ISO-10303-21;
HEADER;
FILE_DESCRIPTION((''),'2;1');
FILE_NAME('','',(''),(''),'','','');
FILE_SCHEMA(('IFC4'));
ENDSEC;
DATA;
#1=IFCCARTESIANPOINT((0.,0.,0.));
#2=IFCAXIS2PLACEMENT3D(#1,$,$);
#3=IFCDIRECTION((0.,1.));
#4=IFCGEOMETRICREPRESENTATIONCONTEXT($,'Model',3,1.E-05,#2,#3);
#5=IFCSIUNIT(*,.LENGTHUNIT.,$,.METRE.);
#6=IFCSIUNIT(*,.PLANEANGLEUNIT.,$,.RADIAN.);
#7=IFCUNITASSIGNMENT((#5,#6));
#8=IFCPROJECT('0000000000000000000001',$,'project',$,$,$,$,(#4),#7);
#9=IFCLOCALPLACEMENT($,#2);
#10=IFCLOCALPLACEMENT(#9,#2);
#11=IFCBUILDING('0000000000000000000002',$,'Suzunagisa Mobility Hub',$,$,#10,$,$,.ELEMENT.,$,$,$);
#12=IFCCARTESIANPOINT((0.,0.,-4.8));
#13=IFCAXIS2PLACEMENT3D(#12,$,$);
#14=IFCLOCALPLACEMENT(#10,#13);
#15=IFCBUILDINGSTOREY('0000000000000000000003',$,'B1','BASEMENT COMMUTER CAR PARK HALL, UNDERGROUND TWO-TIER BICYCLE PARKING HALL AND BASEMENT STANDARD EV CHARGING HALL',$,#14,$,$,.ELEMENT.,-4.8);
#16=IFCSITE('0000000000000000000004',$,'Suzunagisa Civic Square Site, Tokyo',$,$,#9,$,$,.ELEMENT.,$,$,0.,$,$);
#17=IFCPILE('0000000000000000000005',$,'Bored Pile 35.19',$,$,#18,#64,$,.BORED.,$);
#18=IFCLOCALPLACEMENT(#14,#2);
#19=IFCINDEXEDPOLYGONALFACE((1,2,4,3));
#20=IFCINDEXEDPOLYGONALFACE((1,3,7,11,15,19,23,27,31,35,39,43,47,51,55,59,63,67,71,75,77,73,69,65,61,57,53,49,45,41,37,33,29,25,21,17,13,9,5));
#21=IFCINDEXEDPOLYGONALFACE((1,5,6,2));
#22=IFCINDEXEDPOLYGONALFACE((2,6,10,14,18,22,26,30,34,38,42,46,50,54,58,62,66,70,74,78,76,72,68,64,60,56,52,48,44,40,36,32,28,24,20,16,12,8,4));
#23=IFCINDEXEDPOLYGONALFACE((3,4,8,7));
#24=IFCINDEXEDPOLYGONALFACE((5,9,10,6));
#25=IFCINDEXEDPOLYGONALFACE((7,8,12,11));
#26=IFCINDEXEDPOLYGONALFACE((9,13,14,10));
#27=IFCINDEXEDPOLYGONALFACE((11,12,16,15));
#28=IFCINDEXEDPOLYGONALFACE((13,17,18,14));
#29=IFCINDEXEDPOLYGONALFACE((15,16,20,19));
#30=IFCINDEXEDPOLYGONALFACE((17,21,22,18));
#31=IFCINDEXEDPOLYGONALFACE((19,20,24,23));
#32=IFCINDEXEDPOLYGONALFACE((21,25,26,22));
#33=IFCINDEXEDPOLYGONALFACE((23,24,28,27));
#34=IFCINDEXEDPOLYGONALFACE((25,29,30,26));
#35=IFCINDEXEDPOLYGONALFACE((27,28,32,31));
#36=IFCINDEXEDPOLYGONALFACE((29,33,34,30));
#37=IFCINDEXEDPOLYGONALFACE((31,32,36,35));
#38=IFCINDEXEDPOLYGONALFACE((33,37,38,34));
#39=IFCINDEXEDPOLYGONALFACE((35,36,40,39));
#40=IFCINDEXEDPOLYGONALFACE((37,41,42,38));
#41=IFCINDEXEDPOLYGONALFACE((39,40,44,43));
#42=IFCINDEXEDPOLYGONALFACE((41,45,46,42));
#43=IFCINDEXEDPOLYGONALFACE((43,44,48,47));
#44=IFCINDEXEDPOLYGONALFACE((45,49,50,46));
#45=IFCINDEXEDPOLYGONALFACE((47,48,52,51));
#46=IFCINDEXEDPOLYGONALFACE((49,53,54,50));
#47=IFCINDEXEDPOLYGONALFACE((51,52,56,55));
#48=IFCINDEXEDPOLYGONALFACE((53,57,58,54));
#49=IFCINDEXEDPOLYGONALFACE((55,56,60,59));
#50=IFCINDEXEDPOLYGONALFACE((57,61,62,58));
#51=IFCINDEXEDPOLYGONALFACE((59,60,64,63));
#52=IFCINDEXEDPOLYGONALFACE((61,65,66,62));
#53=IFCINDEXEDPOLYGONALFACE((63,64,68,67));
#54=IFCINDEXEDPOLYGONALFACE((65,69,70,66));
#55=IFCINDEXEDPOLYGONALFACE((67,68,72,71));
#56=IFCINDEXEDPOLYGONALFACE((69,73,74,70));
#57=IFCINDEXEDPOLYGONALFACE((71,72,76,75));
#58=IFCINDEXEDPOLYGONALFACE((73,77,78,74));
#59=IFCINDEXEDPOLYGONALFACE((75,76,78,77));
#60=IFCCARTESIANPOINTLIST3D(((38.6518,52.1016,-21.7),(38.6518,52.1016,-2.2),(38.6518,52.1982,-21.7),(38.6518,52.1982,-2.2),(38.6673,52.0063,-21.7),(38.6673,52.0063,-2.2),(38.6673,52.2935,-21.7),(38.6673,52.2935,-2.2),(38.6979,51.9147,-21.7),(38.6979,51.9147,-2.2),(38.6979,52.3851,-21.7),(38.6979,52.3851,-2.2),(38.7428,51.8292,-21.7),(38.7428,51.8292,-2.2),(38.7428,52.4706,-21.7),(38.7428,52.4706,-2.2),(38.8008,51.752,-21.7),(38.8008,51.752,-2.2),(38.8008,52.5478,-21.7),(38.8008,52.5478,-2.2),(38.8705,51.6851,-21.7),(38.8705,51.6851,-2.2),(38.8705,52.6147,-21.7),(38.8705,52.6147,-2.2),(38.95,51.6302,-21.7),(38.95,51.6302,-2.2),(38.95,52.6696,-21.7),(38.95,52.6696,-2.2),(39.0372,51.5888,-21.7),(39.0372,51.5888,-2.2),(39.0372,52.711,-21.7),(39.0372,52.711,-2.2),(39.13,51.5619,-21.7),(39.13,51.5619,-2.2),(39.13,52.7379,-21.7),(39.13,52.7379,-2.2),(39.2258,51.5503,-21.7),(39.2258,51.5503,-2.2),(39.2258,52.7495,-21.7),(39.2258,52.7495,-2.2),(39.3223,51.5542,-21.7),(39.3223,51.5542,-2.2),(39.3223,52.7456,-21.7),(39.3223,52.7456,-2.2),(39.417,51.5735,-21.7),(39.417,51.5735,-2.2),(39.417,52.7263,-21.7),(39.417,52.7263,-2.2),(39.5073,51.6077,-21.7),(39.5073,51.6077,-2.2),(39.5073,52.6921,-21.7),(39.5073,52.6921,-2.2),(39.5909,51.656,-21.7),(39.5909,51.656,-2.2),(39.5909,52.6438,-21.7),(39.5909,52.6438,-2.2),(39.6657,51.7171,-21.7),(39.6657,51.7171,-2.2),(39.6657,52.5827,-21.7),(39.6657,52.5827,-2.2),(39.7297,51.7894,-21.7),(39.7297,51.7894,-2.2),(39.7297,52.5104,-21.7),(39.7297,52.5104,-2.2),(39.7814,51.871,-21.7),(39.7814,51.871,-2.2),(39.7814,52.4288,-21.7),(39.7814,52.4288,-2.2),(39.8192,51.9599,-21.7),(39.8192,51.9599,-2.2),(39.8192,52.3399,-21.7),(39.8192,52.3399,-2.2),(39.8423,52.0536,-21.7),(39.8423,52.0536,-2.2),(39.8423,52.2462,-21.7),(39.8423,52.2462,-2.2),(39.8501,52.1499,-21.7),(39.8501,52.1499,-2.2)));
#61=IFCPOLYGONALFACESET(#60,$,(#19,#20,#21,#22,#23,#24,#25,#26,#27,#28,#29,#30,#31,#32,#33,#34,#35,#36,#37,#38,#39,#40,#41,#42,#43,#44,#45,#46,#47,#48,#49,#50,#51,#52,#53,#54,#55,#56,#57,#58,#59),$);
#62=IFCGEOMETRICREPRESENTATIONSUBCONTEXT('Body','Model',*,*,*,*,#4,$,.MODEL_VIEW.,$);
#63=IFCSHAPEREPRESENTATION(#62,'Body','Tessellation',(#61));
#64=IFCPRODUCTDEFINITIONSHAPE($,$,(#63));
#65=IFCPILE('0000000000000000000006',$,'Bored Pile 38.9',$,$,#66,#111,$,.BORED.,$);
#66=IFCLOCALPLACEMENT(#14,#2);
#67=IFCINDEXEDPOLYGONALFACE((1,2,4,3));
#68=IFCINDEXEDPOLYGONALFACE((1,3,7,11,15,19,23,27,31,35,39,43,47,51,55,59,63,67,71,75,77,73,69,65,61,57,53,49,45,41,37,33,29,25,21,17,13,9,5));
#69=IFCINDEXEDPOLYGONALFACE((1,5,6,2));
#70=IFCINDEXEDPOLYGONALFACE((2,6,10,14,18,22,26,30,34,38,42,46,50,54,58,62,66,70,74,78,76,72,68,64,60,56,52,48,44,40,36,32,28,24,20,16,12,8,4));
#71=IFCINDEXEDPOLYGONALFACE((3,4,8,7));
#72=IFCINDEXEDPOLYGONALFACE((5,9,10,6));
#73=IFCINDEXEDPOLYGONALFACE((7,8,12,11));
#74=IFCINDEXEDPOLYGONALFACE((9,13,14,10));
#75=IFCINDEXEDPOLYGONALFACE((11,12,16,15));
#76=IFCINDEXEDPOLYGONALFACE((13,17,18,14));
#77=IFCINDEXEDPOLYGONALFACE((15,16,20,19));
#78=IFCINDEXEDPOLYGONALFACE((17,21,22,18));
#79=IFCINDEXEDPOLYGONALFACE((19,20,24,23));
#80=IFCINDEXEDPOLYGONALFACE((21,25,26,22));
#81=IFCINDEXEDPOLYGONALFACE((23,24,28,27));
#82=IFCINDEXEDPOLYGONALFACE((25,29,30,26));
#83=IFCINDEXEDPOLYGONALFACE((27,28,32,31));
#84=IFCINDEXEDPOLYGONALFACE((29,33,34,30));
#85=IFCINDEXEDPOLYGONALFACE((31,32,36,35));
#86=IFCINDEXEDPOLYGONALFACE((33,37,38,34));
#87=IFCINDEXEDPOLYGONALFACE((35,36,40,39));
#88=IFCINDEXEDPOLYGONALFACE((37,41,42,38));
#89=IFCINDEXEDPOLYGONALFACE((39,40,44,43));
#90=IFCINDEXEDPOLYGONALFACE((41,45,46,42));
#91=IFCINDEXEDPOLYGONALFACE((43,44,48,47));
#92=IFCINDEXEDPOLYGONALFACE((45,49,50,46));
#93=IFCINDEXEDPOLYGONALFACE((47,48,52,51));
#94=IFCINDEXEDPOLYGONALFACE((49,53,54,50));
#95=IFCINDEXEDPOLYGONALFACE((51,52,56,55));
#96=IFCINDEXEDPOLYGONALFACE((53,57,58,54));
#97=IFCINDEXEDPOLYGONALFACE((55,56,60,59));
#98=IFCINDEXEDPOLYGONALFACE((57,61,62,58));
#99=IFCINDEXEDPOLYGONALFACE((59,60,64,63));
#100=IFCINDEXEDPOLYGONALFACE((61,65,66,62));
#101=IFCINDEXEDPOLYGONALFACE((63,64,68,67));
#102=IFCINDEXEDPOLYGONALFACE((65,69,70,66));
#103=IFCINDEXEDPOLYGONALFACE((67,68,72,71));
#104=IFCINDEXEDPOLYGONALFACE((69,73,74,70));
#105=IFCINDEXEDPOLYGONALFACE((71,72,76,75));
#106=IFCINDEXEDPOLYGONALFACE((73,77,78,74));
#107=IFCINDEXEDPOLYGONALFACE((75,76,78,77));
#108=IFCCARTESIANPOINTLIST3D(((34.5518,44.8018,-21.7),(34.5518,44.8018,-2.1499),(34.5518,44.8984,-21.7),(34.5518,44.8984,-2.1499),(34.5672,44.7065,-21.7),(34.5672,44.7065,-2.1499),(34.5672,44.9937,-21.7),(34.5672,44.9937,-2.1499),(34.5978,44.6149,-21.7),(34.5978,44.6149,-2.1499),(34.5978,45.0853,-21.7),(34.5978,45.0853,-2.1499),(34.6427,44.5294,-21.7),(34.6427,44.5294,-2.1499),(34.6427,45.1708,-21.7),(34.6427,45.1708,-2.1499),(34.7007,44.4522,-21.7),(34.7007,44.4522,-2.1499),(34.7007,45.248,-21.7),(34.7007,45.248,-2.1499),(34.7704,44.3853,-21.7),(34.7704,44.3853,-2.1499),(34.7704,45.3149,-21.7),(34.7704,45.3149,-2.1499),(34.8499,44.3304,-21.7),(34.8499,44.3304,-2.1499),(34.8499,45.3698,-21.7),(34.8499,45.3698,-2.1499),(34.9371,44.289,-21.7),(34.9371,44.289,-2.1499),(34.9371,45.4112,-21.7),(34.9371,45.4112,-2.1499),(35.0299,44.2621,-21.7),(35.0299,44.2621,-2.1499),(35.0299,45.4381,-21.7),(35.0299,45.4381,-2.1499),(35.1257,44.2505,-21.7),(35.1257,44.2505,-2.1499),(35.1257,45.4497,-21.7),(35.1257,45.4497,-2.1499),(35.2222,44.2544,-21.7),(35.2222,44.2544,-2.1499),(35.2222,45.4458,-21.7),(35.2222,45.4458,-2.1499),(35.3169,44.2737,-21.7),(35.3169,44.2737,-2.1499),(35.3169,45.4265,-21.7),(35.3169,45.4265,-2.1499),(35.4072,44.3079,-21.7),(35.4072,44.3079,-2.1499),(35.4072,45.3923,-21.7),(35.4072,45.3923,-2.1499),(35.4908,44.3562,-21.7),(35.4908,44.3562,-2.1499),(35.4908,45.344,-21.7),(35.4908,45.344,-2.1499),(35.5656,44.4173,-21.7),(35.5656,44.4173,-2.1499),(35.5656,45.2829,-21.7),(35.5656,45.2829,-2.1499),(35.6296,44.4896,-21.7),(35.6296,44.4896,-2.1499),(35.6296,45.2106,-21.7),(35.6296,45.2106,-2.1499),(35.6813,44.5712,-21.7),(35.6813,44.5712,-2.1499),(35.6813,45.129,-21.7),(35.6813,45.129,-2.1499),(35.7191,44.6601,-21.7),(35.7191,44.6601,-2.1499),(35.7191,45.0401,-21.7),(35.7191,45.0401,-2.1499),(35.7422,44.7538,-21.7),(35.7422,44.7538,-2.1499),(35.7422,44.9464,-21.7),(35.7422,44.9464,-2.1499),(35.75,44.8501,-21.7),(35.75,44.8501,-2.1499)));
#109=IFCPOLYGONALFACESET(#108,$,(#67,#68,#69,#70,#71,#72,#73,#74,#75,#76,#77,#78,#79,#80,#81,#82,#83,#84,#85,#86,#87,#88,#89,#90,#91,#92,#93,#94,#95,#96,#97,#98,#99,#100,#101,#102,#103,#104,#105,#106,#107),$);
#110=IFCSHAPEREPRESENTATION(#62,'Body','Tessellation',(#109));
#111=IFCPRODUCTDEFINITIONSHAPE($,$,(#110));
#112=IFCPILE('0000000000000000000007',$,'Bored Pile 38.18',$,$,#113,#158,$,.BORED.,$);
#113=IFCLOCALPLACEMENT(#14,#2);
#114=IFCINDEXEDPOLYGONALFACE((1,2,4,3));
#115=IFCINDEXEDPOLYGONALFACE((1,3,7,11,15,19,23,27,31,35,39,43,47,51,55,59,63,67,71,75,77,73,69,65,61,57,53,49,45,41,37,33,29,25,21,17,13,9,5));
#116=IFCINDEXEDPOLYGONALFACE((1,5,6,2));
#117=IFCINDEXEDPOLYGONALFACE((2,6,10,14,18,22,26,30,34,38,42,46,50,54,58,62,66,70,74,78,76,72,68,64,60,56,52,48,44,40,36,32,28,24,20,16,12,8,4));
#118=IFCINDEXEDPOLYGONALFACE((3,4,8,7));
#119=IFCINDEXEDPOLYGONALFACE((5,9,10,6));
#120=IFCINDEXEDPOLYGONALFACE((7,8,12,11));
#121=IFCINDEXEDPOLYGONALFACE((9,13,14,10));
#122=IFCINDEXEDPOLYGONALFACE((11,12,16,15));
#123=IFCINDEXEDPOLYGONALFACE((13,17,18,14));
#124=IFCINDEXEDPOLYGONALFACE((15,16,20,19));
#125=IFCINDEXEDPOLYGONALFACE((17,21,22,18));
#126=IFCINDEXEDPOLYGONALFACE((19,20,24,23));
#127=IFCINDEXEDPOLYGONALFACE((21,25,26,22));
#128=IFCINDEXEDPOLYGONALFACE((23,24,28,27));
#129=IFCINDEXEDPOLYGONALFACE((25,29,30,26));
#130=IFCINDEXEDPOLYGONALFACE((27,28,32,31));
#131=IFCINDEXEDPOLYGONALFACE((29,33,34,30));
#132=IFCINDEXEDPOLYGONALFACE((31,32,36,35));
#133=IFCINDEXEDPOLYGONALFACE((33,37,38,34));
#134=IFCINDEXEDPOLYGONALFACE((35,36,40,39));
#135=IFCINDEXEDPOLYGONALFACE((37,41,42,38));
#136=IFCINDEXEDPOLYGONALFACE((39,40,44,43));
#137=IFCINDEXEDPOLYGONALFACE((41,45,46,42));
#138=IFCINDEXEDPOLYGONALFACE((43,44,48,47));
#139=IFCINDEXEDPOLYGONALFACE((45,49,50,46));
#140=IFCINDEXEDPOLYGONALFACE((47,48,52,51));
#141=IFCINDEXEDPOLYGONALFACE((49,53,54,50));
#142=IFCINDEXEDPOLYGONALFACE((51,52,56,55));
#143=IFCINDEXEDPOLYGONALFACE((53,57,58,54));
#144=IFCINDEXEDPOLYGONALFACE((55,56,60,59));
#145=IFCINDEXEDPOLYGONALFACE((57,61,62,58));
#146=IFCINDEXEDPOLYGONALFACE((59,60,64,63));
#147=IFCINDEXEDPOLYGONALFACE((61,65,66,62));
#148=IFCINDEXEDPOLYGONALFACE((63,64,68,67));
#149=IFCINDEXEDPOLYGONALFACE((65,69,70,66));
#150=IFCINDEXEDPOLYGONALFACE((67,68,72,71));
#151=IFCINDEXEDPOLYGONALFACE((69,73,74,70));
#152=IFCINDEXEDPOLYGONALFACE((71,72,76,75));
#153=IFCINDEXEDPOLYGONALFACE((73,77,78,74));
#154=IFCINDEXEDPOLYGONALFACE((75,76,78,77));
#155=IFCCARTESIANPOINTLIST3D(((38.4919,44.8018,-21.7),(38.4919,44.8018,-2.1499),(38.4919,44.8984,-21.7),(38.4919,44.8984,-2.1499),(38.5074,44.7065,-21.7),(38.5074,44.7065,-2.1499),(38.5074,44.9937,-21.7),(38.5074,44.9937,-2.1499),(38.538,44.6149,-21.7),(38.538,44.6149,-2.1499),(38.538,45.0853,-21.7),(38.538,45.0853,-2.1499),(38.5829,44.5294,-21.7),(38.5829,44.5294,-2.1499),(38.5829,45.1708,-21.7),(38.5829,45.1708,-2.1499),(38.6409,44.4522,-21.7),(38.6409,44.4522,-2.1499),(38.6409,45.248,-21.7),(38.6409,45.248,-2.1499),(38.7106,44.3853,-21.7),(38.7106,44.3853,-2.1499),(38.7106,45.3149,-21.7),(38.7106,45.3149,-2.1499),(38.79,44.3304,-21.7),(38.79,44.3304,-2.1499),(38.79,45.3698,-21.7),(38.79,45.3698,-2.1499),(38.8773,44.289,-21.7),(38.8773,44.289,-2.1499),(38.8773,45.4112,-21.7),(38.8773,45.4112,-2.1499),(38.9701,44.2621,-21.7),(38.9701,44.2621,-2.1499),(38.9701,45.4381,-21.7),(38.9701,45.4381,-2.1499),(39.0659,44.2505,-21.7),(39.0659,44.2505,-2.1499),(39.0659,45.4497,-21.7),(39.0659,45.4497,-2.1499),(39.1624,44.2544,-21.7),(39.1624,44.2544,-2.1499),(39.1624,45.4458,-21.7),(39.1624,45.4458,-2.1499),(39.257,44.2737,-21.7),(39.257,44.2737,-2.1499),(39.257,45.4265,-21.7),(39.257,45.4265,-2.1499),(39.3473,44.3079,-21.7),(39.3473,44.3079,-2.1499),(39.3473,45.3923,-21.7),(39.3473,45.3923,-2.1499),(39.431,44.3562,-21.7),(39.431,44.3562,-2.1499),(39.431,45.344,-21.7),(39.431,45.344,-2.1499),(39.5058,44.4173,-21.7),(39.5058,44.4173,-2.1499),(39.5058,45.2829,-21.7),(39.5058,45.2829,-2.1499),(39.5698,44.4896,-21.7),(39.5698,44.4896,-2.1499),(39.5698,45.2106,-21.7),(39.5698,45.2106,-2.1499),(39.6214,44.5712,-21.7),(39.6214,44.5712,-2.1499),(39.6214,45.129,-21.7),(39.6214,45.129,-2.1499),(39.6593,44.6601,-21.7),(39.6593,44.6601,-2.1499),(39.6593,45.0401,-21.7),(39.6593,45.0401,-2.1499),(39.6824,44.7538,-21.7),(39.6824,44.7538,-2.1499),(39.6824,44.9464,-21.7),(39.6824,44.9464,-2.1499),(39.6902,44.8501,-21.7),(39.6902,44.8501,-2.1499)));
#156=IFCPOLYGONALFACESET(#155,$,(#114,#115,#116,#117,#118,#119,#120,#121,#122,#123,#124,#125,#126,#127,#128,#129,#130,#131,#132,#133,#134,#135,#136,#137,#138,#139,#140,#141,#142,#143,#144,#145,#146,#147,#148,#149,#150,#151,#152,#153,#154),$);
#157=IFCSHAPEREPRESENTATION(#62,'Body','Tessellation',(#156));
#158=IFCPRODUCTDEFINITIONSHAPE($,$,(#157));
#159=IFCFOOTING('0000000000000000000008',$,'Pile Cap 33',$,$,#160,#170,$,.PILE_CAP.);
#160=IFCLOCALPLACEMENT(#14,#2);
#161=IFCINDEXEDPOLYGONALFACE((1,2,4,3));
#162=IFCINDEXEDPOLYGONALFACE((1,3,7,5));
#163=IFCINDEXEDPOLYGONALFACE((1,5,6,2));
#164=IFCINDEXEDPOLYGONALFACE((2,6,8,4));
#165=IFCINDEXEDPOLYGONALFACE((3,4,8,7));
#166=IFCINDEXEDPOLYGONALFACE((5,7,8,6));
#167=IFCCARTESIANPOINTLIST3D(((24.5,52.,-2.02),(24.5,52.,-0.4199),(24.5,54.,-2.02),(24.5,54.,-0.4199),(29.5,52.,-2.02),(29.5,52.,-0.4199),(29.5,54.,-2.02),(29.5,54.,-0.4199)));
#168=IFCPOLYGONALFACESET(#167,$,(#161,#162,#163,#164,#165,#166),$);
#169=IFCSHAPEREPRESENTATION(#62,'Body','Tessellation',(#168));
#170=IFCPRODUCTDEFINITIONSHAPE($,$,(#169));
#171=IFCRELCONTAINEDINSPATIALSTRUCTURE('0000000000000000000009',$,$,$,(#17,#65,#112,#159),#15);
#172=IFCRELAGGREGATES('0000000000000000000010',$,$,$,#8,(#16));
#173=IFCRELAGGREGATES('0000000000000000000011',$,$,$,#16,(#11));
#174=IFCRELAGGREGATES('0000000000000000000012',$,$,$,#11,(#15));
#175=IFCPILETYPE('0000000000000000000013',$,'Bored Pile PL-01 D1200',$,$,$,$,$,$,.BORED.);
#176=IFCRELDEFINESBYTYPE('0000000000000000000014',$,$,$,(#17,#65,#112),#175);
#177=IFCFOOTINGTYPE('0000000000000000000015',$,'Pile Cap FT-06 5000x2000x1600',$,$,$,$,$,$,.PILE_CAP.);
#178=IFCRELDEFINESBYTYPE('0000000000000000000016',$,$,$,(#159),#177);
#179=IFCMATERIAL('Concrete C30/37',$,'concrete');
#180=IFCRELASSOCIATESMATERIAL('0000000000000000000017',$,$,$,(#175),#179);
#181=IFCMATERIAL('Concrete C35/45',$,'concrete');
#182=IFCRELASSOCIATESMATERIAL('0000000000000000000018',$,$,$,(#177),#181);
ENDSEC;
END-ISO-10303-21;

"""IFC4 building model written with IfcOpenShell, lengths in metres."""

from ifc_helpers import new_model, si_unit, direction, frame, origin, origin_2d, place, context, subcontext, project, spatial, rectangle, circle, extrude, material, material_profile, profile_set, type_object, element, save


model = new_model("IFC4")

# Units and contexts
model_context = context("Model", 3, precision=1e-05, world=origin(), true_north=direction((0.0, 1.0)))
body_context = subcontext(model_context, "Body", "Model", "MODEL_VIEW")
ifc_project = project(units=[si_unit("LENGTHUNIT", "METRE"), si_unit("PLANEANGLEUNIT", "RADIAN")], contexts=[model_context])

# Site, building, storey
site_placement = place(None, origin())
site = spatial("IfcSite", under=ifc_project, at=site_placement, Name="Suzunagisa Civic Square Site, Tokyo", CompositionType="ELEMENT", RefElevation=0.0)
building_placement = place(site_placement, origin())
building = spatial("IfcBuilding", under=site, at=building_placement, Name="Suzunagisa Mobility Hub", CompositionType="ELEMENT")
storey_placement = place(building_placement, frame((0.0, 0.0, -4.8)))
storey = spatial("IfcBuildingStorey", under=building, at=storey_placement, Name="B1", Description="BASEMENT COMMUTER CAR PARK HALL, UNDERGROUND TWO-TIER BICYCLE PARKING HALL AND BASEMENT STANDARD EV CHARGING HALL", CompositionType="ELEMENT", Elevation=-4.8)

# Piles
ifc_material_1 = material(Name="Concrete C30/37", Category="concrete")
ifc_material_profile_1 = material_profile(ifc_material_1, circle(Radius=0.6001, at=origin_2d()), Name="BORED PILE D1200")
ifc_profile_set_1 = profile_set([ifc_material_profile_1], Name="Concrete C30/37")
pile_type = type_object("IfcPileType", Name="Bored Pile PL-01 D1200", PredefinedType="BORED", material=ifc_profile_set_1)
for number, where, z_axis, x_axis, name in (
    (1, (39.25, 52.1499, -2.2), (0.0, 0.0, -1.0), (1.0, 0.0, 0.0), "Bored Pile 35.19"),
):
    element("IfcPile", number, at=place(storey_placement, frame(where, z_axis=z_axis, x_axis=x_axis)), inside=storey, type_object=pile_type, Name=name, PredefinedType="BORED", context=body_context, shape_type="SweptSolid", body=[
        extrude(circle(Radius=0.6001, at=origin_2d()), origin(), (0.0, 0.0, 1.0), 19.5),
    ])
for number, where, z_axis, x_axis, name in (
    (2, (35.1499, 44.8501, -2.1499), (0.0, 0.0, -1.0), (1.0, 0.0, 0.0), "Bored Pile 38.9"),
    (3, (39.0901, 44.8501, -2.1499), (0.0, 0.0, -1.0), (1.0, 0.0, 0.0), "Bored Pile 38.18"),
):
    element("IfcPile", number, at=place(storey_placement, frame(where, z_axis=z_axis, x_axis=x_axis)), inside=storey, type_object=pile_type, Name=name, PredefinedType="BORED", context=body_context, shape_type="SweptSolid", body=[
        extrude(circle(Radius=0.6001, at=origin_2d()), origin(), (0.0, 0.0, 1.0), 19.55),
    ])

# Footing
ifc_material_2 = material(Name="Concrete C35/45", Category="concrete")
footing_type = type_object("IfcFootingType", Name="Pile Cap FT-06 5000x2000x1600", PredefinedType="PILE_CAP", material=ifc_material_2)
footing_placement = place(storey_placement, frame((27.0, 53.0, -2.02), z_axis=(0.0, 0.0, 1.0), x_axis=(1.0, 0.0, 0.0)))
element("IfcFooting", 4, at=footing_placement, inside=storey, type_object=footing_type, Name="Pile Cap 33", PredefinedType="PILE_CAP", context=body_context, shape_type="SweptSolid", body=[
    extrude(rectangle(XDim=5.0, YDim=2.0, at=origin_2d()), origin(), (0.0, 0.0, 1.0), 1.6001),
])

save(model, "model.ifc")
